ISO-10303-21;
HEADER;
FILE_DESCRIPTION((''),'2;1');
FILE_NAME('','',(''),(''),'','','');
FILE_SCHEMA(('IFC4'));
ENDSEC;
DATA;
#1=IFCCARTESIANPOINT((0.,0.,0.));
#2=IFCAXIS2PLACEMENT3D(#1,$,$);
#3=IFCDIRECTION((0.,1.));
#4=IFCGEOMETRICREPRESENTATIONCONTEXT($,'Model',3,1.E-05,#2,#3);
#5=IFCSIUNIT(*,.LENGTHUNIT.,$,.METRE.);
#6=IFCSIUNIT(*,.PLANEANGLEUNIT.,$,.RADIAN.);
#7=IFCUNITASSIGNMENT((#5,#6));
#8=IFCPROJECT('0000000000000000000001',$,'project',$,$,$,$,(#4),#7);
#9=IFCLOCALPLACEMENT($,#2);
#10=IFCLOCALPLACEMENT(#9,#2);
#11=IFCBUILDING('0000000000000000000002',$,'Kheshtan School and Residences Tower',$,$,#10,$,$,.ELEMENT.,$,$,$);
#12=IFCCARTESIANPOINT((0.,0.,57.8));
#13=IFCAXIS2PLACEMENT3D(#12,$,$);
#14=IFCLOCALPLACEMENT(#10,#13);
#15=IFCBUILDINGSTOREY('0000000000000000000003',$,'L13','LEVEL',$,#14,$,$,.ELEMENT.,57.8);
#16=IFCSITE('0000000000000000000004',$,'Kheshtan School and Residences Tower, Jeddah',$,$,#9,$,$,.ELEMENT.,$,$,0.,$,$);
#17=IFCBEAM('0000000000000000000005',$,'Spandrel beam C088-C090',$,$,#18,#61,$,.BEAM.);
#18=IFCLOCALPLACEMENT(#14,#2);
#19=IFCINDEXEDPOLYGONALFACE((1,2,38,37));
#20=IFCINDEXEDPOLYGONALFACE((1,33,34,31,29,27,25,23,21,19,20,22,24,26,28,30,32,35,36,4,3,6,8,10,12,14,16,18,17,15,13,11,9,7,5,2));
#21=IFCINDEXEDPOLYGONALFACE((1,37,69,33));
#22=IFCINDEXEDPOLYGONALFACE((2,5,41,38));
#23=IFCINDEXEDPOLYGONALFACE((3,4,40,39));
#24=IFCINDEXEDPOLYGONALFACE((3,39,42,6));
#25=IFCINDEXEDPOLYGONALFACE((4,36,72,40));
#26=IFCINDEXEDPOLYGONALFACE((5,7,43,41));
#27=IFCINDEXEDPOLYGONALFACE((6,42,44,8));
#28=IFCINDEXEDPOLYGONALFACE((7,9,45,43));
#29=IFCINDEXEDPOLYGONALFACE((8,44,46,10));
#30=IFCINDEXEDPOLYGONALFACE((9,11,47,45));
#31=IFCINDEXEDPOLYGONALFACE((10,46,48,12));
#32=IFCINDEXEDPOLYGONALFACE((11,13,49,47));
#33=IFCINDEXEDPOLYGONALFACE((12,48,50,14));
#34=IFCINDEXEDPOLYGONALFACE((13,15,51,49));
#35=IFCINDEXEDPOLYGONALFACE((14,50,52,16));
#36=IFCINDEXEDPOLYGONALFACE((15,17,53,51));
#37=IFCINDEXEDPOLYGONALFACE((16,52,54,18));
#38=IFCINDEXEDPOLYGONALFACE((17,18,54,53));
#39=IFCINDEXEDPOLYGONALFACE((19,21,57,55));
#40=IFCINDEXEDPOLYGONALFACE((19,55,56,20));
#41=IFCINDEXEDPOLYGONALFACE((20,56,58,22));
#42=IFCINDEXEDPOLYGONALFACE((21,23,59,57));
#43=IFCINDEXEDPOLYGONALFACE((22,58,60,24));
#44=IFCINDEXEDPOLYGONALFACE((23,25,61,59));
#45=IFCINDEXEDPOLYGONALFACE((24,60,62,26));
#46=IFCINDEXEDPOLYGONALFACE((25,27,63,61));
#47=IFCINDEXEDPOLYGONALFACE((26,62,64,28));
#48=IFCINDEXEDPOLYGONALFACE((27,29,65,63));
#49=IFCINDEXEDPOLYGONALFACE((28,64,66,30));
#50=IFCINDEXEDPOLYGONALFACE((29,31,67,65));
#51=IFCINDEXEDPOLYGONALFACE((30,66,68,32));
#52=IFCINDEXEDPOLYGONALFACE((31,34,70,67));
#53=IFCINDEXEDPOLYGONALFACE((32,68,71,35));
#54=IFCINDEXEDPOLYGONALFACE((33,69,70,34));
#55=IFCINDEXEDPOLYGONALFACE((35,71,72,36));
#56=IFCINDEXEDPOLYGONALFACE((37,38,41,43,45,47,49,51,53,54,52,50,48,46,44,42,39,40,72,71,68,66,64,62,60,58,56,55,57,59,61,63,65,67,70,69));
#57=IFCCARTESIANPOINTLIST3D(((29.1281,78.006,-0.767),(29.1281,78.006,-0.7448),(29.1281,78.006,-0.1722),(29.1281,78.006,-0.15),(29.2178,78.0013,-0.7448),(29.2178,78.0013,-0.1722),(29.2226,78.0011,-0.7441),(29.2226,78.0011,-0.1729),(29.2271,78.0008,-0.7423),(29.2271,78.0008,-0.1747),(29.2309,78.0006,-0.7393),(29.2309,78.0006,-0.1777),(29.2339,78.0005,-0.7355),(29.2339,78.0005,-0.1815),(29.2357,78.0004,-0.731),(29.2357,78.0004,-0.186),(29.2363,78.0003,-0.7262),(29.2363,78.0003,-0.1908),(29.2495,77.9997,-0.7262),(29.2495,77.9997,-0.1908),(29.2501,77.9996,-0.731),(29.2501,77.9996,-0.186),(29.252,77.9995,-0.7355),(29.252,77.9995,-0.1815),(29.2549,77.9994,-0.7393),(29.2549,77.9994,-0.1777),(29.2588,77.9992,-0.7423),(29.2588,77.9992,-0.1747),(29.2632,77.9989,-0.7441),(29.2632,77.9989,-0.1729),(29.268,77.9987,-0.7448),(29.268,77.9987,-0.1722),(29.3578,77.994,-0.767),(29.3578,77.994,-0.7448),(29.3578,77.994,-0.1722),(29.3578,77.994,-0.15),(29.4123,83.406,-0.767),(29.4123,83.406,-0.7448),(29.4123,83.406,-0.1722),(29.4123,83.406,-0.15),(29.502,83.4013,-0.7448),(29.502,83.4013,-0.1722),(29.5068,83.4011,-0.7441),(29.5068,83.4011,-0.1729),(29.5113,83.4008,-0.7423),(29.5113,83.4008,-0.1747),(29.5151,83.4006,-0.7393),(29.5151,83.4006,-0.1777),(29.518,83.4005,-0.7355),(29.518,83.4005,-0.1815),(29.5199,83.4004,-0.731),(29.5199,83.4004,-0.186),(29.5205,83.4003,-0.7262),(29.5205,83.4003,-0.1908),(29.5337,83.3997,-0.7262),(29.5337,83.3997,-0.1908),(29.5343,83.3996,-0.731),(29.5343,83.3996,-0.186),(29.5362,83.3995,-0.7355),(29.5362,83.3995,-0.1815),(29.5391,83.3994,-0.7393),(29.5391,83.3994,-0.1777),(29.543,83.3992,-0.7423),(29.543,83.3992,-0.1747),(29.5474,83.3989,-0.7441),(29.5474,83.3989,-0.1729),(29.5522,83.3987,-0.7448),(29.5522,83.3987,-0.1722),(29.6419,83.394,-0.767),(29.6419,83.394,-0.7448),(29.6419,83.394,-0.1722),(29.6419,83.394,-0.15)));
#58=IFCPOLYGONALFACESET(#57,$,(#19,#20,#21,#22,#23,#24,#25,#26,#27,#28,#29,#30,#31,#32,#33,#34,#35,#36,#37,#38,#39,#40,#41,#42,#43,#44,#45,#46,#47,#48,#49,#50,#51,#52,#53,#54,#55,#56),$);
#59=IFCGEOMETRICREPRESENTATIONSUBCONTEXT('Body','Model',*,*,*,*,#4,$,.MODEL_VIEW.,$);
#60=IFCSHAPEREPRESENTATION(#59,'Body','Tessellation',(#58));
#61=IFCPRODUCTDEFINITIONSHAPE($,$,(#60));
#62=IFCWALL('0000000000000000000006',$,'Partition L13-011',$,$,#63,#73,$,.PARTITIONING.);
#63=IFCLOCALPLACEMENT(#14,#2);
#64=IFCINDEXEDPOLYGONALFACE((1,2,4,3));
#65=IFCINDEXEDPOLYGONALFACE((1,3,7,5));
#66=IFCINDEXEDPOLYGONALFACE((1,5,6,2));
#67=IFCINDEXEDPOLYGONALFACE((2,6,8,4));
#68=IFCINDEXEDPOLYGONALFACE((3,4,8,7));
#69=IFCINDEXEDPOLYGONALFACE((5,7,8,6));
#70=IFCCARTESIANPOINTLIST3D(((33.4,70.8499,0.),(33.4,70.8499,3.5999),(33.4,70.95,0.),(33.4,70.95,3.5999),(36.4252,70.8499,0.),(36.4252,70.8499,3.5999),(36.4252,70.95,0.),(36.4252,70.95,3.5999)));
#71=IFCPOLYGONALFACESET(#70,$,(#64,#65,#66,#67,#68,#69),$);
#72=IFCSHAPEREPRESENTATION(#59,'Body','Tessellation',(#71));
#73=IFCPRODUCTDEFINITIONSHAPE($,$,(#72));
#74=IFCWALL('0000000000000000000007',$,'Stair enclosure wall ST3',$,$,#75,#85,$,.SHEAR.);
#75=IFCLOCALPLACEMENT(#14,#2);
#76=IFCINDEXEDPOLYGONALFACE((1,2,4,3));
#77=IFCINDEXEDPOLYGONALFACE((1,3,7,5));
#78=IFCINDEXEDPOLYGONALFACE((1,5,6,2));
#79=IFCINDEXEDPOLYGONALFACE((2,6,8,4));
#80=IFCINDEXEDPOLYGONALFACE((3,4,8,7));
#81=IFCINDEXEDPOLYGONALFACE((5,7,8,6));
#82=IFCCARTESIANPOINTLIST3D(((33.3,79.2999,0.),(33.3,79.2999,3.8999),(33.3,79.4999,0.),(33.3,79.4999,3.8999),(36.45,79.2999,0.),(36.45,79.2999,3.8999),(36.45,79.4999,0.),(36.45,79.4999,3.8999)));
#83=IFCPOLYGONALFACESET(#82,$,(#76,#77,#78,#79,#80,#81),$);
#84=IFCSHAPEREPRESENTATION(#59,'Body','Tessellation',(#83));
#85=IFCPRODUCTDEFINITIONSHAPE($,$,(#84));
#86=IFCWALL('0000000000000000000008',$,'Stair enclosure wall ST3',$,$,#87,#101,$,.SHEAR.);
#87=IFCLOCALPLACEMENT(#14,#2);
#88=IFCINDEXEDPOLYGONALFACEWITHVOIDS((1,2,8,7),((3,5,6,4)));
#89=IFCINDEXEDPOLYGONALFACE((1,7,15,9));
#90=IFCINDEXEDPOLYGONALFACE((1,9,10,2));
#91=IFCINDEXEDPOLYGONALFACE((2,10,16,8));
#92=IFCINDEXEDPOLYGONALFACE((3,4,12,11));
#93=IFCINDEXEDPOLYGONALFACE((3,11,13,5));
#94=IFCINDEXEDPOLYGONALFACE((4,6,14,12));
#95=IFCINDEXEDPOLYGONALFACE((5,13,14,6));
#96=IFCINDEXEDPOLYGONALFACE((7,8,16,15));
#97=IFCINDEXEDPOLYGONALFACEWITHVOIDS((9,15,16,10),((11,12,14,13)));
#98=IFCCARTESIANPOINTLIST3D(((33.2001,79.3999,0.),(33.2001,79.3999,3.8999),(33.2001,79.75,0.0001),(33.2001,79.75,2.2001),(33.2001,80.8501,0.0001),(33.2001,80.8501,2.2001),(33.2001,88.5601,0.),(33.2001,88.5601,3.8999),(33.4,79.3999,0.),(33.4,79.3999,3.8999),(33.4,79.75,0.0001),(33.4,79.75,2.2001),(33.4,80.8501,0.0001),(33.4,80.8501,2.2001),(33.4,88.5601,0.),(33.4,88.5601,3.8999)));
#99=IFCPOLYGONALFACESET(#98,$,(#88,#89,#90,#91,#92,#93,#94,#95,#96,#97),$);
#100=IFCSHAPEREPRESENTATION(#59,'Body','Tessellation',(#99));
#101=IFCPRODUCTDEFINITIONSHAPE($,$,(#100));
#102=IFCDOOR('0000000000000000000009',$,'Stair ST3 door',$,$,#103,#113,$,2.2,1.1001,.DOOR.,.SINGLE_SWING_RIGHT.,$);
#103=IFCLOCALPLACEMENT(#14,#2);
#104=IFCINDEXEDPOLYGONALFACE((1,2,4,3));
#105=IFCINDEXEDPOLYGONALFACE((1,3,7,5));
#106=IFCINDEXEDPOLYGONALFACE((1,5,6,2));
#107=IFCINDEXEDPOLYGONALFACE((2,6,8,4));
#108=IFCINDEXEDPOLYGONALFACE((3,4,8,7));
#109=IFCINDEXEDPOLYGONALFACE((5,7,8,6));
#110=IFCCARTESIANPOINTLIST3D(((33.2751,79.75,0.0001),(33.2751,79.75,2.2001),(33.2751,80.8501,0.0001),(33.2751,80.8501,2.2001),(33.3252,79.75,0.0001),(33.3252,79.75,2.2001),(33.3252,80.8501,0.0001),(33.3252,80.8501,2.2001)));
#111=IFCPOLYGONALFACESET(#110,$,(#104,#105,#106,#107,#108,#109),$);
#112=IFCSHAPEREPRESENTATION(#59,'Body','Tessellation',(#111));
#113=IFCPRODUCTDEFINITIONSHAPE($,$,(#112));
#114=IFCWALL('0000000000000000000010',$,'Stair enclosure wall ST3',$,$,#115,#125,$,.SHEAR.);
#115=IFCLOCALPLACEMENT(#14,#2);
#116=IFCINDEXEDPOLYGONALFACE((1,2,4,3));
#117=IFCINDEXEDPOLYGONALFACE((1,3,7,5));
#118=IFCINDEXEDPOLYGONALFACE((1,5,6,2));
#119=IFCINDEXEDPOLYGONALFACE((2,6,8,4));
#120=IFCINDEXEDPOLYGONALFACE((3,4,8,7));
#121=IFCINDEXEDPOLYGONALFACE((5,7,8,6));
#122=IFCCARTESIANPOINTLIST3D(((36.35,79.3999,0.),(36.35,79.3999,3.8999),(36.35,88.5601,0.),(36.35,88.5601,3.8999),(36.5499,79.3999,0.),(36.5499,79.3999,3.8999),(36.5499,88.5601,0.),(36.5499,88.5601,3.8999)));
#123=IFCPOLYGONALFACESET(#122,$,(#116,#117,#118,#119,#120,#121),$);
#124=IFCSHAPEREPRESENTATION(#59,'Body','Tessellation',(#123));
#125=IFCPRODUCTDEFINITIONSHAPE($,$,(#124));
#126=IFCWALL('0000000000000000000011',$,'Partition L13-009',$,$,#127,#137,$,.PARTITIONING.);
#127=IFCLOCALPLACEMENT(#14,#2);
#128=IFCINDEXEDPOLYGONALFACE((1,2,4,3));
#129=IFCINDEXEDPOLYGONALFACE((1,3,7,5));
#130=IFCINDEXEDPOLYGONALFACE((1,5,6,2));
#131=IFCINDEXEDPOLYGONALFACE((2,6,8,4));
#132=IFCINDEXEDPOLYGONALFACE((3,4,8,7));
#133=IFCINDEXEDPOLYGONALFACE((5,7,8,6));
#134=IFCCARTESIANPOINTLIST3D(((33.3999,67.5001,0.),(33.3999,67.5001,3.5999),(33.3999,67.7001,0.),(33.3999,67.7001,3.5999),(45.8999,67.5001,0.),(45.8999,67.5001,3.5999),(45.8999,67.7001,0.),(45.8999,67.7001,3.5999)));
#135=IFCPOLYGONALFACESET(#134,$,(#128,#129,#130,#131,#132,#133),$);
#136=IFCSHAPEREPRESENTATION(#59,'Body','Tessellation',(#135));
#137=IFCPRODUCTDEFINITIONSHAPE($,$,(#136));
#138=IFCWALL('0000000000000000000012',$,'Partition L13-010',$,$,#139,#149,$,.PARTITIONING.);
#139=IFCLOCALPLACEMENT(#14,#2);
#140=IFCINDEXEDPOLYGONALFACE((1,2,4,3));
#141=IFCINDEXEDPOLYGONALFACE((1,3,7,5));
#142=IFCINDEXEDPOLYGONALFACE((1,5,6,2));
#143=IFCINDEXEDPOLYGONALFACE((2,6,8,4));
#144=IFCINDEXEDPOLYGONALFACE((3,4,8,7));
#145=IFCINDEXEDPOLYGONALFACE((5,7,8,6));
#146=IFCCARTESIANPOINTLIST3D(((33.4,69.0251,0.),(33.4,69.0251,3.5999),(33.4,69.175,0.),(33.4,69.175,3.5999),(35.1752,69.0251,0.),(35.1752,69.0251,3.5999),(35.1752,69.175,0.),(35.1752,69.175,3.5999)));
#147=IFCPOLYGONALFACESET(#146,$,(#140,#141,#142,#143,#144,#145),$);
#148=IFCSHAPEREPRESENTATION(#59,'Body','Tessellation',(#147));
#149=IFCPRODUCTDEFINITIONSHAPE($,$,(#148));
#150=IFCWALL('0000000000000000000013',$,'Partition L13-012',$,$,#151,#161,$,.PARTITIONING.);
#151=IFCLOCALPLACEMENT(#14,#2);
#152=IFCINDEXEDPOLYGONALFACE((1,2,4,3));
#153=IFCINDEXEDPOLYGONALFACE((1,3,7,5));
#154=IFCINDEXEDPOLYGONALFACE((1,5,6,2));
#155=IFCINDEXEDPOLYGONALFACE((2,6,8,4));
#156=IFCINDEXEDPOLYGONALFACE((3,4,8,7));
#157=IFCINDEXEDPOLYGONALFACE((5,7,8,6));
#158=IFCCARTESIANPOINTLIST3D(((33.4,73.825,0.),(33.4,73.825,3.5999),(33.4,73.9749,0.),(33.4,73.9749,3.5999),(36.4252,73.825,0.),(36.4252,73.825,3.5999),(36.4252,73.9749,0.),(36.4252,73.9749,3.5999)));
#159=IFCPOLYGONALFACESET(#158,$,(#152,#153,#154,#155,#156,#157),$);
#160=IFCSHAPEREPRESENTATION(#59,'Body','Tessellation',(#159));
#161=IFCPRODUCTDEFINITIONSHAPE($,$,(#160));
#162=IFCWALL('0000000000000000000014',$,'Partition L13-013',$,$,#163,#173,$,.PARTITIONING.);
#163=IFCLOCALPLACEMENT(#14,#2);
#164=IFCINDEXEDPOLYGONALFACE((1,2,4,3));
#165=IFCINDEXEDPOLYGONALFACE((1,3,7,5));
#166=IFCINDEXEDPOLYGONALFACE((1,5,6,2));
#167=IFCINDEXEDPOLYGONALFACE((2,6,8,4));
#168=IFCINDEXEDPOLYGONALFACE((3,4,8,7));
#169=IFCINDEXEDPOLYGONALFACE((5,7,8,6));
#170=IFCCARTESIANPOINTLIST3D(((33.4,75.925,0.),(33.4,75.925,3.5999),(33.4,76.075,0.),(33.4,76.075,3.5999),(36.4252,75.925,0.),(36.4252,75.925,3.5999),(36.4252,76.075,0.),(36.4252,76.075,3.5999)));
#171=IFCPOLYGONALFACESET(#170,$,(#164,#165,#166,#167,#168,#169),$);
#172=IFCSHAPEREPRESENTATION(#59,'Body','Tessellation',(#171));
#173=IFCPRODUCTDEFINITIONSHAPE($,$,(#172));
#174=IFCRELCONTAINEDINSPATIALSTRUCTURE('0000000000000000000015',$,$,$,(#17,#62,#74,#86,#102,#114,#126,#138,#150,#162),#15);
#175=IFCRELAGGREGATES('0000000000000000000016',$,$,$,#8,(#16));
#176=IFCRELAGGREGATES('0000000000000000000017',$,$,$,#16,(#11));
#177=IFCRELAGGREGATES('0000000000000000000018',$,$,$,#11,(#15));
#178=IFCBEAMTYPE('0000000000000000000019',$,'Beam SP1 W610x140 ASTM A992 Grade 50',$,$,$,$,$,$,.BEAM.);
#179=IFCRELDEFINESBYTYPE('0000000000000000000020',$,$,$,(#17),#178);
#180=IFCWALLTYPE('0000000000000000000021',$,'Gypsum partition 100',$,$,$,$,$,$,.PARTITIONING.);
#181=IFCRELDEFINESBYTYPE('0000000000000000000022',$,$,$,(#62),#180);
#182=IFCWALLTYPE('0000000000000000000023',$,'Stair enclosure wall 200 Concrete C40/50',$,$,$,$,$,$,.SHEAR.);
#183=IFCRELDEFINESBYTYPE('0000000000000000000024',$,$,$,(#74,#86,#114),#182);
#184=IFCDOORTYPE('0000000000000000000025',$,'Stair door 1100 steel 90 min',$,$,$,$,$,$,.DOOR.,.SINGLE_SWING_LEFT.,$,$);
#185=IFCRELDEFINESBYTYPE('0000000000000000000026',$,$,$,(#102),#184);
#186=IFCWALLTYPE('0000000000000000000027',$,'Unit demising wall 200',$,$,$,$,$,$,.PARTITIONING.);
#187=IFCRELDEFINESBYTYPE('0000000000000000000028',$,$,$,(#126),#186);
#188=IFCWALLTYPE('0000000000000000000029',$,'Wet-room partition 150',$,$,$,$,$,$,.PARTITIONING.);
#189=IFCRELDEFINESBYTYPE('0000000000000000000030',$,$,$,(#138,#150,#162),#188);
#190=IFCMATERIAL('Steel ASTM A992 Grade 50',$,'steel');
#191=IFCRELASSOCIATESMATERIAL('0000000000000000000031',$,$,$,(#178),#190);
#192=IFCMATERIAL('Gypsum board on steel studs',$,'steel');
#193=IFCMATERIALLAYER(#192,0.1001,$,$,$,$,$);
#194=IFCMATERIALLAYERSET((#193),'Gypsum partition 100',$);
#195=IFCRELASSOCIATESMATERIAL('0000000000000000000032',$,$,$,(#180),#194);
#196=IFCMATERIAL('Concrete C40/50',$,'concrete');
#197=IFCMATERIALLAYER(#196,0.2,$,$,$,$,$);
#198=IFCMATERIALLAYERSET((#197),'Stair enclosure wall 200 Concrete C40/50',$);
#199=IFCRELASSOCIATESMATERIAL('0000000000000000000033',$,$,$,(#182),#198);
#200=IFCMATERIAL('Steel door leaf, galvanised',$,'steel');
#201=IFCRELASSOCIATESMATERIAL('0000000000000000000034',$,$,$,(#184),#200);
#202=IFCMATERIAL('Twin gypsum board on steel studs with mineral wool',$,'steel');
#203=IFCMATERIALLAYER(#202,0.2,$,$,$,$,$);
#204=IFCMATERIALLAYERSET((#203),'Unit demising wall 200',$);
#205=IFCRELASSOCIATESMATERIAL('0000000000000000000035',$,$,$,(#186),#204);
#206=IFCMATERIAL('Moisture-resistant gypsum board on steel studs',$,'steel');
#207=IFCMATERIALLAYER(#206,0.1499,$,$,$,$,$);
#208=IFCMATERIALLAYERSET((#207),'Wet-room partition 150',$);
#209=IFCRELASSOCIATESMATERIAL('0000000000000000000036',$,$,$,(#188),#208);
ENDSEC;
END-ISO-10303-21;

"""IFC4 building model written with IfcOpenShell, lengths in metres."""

from ifc_helpers import new_model, si_unit, direction, frame, frame_2d, origin, origin_2d, place, context, subcontext, project, spatial, rectangle, i_section, extrude, source, transform, mapped, material, layer, layer_set, material_profile, profile_set, type_object, element, fill, save


model = new_model("IFC4")

# Units and contexts
model_context = context("Model", 3, precision=1e-05, world=origin(), true_north=direction((0.0, 1.0)))
body_context = subcontext(model_context, "Body", "Model", "MODEL_VIEW")
ifc_project = project(units=[si_unit("LENGTHUNIT", "METRE"), si_unit("PLANEANGLEUNIT", "RADIAN")], contexts=[model_context])

# Site, building, storey
site_placement = place(None, origin())
site = spatial("IfcSite", under=ifc_project, at=site_placement, Name="Kheshtan School and Residences Tower, Jeddah", CompositionType="ELEMENT", RefElevation=0.0)
building_placement = place(site_placement, origin())
building = spatial("IfcBuilding", under=site, at=building_placement, Name="Kheshtan School and Residences Tower", CompositionType="ELEMENT")
storey_placement = place(building_placement, frame((0.0, 0.0, 57.8)))
storey = spatial("IfcBuildingStorey", under=building, at=storey_placement, Name="L13", Description="LEVEL", CompositionType="ELEMENT", Elevation=57.8)

# Shared definitions
ifc_material_1 = material(Name="Steel ASTM A992 Grade 50", Category="steel")

# Beam
ifc_material_profile_1 = material_profile(ifc_material_1, i_section(OverallWidth=0.23, OverallDepth=0.6169, WebThickness=0.0132, FlangeThickness=0.0222, FilletRadius=0.0186, at=origin_2d()), Name="W610x140")
ifc_profile_set_1 = profile_set([ifc_material_profile_1], Name="Steel ASTM A992 Grade 50")
beam_type_1 = type_object("IfcBeamType", Name="Beam SP1 W610x140 ASTM A992 Grade 50", PredefinedType="BEAM", material=ifc_profile_set_1)
for number, where, z_axis, x_axis, name in (
    (1, (29.2429, 78.0, -0.4585), (0.052554, 0.998618, 0.0), (-0.998618, 0.052554, 0.0), "Spandrel beam C088-C090"),
):
    element("IfcBeam", number, at=place(storey_placement, frame(where, z_axis=z_axis, x_axis=x_axis)), inside=storey, type_object=beam_type_1, Name=name, PredefinedType="BEAM", context=body_context, shape_type="SweptSolid", body=[
        extrude(i_section(OverallWidth=0.23, OverallDepth=0.6169, WebThickness=0.0132, FlangeThickness=0.0222, FilletRadius=0.0186, at=origin_2d()), origin(), (0.0, 0.0, 1.0), 5.4075),
    ])

# Walls
ifc_material_2 = material(Name="Gypsum board on steel studs", Category="steel")
ifc_layer_1 = layer(ifc_material_2, 0.1001)
ifc_layer_set_1 = layer_set([ifc_layer_1], Name="Gypsum partition 100")
wall_type_1 = type_object("IfcWallType", Name="Gypsum partition 100", PredefinedType="PARTITIONING", material=ifc_layer_set_1)
wall_1_placement = place(storey_placement, frame((33.3999, 70.8999, 0.0), z_axis=(0.0, 0.0, 1.0), x_axis=(1.0, 0.0, 0.0)))
element("IfcWall", 2, at=wall_1_placement, inside=storey, type_object=wall_type_1, Name="Partition L13-011", PredefinedType="PARTITIONING", context=body_context, shape_type="SweptSolid", body=[
    extrude(rectangle(XDim=3.0251, YDim=0.1001, at=frame_2d((1.5127, 0.0))), origin(), (0.0, 0.0, 1.0), 3.5999),
])
ifc_material_3 = material(Name="Concrete C40/50", Category="concrete")
ifc_layer_2 = layer(ifc_material_3, 0.2)
ifc_layer_set_2 = layer_set([ifc_layer_2], Name="Stair enclosure wall 200 Concrete C40/50")
wall_type_2 = type_object("IfcWallType", Name="Stair enclosure wall 200 Concrete C40/50", PredefinedType="SHEAR", material=ifc_layer_set_2)
wall_2_placement = place(storey_placement, frame((33.3, 79.3999, 0.0), z_axis=(0.0, 0.0, 1.0), x_axis=(1.0, 0.0, 0.0)))
element("IfcWall", 3, at=wall_2_placement, inside=storey, type_object=wall_type_2, Name="Stair enclosure wall ST3", PredefinedType="SHEAR", context=body_context, shape_type="SweptSolid", body=[
    extrude(rectangle(XDim=3.1499, YDim=0.2, at=frame_2d((1.575, 0.0))), origin(), (0.0, 0.0, 1.0), 3.8999),
])

# Wall, opening, door
wall_3_placement = place(storey_placement, frame((33.3, 79.3999, 0.0), z_axis=(0.0, 0.0, 1.0), x_axis=(0.0, 1.0, 0.0)))
wall_3 = element("IfcWall", 4, at=wall_3_placement, inside=storey, type_object=wall_type_2, Name="Stair enclosure wall ST3", PredefinedType="SHEAR", context=body_context, shape_type="SweptSolid", body=[
    extrude(rectangle(XDim=9.1602, YDim=0.2, at=frame_2d((4.5801, 0.0))), origin(), (0.0, 0.0, 1.0), 3.8999),
])
opening_1_placement = place(wall_3_placement, frame((0.3501, 0.0, 0.0)))
opening_1 = element("IfcOpeningElement", 5, at=opening_1_placement, cuts=wall_3, PredefinedType="OPENING", context=body_context, shape_type="SweptSolid", body=[
    extrude(rectangle(XDim=1.1001, YDim=2.2, at=frame_2d((0.55, 1.1001))), frame((0.0, 0.1099, 0.0), z_axis=(0.0, -1.0, 0.0), x_axis=(1.0, 0.0, 0.0)), (0.0, 0.0, 1.0), 0.22),
])
ifc_material_4 = material(Name="Steel door leaf, galvanised", Category="steel")
door_type_1 = type_object("IfcDoorType", Name="Stair door 1100 steel 90 min", OperationType="SINGLE_SWING_LEFT", PredefinedType="DOOR", material=ifc_material_4)
shared_shape_1 = source(origin(), body_context, "Body", "SweptSolid", [
    extrude(rectangle(XDim=1.1001, YDim=2.2, at=frame_2d((0.55, 1.1001))), frame((0.0, 0.0249, 0.0), z_axis=(0.0, -1.0, 0.0), x_axis=(1.0, 0.0, 0.0)), (0.0, 0.0, 1.0), 0.05),
])
door_1_placement = place(opening_1_placement, origin())
door_1 = element("IfcDoor", 6, at=door_1_placement, inside=storey, type_object=door_type_1, Name="Stair ST3 door", OperationType="SINGLE_SWING_RIGHT", OverallHeight=2.2, OverallWidth=1.1001, PredefinedType="DOOR", context=body_context, shape_type="MappedRepresentation", body=[
    mapped(shared_shape_1, transform((0.0, 0.0, 0.0), x_axis=(1.0, 0.0, 0.0), y_axis=(0.0, 1.0, 0.0), z_axis=(0.0, 0.0, 1.0), scale=1.0)),
])
fill(opening_1, door_1)

# Walls
wall_4_placement = place(storey_placement, frame((36.45, 79.3999, 0.0), z_axis=(0.0, 0.0, 1.0), x_axis=(0.0, 1.0, 0.0)))
element("IfcWall", 7, at=wall_4_placement, inside=storey, type_object=wall_type_2, Name="Stair enclosure wall ST3", PredefinedType="SHEAR", context=body_context, shape_type="SweptSolid", body=[
    extrude(rectangle(XDim=9.1602, YDim=0.2, at=frame_2d((4.5801, 0.0))), origin(), (0.0, 0.0, 1.0), 3.8999),
])
ifc_material_5 = material(Name="Twin gypsum board on steel studs with mineral wool", Category="steel")
ifc_layer_3 = layer(ifc_material_5, 0.2)
ifc_layer_set_3 = layer_set([ifc_layer_3], Name="Unit demising wall 200")
wall_type_3 = type_object("IfcWallType", Name="Unit demising wall 200", PredefinedType="PARTITIONING", material=ifc_layer_set_3)
wall_5_placement = place(storey_placement, frame((33.3999, 67.6001, 0.0), z_axis=(0.0, 0.0, 1.0), x_axis=(1.0, 0.0, 0.0)))
element("IfcWall", 8, at=wall_5_placement, inside=storey, type_object=wall_type_3, Name="Partition L13-009", PredefinedType="PARTITIONING", context=body_context, shape_type="SweptSolid", body=[
    extrude(rectangle(XDim=12.5, YDim=0.2, at=frame_2d((6.25, 0.0))), origin(), (0.0, 0.0, 1.0), 3.5999),
])
ifc_material_6 = material(Name="Moisture-resistant gypsum board on steel studs", Category="steel")
ifc_layer_4 = layer(ifc_material_6, 0.1499)
ifc_layer_set_4 = layer_set([ifc_layer_4], Name="Wet-room partition 150")
wall_type_4 = type_object("IfcWallType", Name="Wet-room partition 150", PredefinedType="PARTITIONING", material=ifc_layer_set_4)
wall_6_placement = place(storey_placement, frame((33.3999, 69.1001, 0.0), z_axis=(0.0, 0.0, 1.0), x_axis=(1.0, 0.0, 0.0)))
element("IfcWall", 9, at=wall_6_placement, inside=storey, type_object=wall_type_4, Name="Partition L13-010", PredefinedType="PARTITIONING", context=body_context, shape_type="SweptSolid", body=[
    extrude(rectangle(XDim=1.7751, YDim=0.1499, at=frame_2d((0.8877, 0.0))), origin(), (0.0, 0.0, 1.0), 3.5999),
])
for number, where, z_axis, x_axis, name in (
    (10, (33.3999, 73.8999, 0.0), (0.0, 0.0, 1.0), (1.0, 0.0, 0.0), "Partition L13-012"),
    (11, (33.3999, 76.0, 0.0), (0.0, 0.0, 1.0), (1.0, 0.0, 0.0), "Partition L13-013"),
):
    element("IfcWall", number, at=place(storey_placement, frame(where, z_axis=z_axis, x_axis=x_axis)), inside=storey, type_object=wall_type_4, Name=name, PredefinedType="PARTITIONING", context=body_context, shape_type="SweptSolid", body=[
        extrude(rectangle(XDim=3.0251, YDim=0.1499, at=frame_2d((1.5127, 0.0))), origin(), (0.0, 0.0, 1.0), 3.5999),
    ])

save(model, "model.ifc")
